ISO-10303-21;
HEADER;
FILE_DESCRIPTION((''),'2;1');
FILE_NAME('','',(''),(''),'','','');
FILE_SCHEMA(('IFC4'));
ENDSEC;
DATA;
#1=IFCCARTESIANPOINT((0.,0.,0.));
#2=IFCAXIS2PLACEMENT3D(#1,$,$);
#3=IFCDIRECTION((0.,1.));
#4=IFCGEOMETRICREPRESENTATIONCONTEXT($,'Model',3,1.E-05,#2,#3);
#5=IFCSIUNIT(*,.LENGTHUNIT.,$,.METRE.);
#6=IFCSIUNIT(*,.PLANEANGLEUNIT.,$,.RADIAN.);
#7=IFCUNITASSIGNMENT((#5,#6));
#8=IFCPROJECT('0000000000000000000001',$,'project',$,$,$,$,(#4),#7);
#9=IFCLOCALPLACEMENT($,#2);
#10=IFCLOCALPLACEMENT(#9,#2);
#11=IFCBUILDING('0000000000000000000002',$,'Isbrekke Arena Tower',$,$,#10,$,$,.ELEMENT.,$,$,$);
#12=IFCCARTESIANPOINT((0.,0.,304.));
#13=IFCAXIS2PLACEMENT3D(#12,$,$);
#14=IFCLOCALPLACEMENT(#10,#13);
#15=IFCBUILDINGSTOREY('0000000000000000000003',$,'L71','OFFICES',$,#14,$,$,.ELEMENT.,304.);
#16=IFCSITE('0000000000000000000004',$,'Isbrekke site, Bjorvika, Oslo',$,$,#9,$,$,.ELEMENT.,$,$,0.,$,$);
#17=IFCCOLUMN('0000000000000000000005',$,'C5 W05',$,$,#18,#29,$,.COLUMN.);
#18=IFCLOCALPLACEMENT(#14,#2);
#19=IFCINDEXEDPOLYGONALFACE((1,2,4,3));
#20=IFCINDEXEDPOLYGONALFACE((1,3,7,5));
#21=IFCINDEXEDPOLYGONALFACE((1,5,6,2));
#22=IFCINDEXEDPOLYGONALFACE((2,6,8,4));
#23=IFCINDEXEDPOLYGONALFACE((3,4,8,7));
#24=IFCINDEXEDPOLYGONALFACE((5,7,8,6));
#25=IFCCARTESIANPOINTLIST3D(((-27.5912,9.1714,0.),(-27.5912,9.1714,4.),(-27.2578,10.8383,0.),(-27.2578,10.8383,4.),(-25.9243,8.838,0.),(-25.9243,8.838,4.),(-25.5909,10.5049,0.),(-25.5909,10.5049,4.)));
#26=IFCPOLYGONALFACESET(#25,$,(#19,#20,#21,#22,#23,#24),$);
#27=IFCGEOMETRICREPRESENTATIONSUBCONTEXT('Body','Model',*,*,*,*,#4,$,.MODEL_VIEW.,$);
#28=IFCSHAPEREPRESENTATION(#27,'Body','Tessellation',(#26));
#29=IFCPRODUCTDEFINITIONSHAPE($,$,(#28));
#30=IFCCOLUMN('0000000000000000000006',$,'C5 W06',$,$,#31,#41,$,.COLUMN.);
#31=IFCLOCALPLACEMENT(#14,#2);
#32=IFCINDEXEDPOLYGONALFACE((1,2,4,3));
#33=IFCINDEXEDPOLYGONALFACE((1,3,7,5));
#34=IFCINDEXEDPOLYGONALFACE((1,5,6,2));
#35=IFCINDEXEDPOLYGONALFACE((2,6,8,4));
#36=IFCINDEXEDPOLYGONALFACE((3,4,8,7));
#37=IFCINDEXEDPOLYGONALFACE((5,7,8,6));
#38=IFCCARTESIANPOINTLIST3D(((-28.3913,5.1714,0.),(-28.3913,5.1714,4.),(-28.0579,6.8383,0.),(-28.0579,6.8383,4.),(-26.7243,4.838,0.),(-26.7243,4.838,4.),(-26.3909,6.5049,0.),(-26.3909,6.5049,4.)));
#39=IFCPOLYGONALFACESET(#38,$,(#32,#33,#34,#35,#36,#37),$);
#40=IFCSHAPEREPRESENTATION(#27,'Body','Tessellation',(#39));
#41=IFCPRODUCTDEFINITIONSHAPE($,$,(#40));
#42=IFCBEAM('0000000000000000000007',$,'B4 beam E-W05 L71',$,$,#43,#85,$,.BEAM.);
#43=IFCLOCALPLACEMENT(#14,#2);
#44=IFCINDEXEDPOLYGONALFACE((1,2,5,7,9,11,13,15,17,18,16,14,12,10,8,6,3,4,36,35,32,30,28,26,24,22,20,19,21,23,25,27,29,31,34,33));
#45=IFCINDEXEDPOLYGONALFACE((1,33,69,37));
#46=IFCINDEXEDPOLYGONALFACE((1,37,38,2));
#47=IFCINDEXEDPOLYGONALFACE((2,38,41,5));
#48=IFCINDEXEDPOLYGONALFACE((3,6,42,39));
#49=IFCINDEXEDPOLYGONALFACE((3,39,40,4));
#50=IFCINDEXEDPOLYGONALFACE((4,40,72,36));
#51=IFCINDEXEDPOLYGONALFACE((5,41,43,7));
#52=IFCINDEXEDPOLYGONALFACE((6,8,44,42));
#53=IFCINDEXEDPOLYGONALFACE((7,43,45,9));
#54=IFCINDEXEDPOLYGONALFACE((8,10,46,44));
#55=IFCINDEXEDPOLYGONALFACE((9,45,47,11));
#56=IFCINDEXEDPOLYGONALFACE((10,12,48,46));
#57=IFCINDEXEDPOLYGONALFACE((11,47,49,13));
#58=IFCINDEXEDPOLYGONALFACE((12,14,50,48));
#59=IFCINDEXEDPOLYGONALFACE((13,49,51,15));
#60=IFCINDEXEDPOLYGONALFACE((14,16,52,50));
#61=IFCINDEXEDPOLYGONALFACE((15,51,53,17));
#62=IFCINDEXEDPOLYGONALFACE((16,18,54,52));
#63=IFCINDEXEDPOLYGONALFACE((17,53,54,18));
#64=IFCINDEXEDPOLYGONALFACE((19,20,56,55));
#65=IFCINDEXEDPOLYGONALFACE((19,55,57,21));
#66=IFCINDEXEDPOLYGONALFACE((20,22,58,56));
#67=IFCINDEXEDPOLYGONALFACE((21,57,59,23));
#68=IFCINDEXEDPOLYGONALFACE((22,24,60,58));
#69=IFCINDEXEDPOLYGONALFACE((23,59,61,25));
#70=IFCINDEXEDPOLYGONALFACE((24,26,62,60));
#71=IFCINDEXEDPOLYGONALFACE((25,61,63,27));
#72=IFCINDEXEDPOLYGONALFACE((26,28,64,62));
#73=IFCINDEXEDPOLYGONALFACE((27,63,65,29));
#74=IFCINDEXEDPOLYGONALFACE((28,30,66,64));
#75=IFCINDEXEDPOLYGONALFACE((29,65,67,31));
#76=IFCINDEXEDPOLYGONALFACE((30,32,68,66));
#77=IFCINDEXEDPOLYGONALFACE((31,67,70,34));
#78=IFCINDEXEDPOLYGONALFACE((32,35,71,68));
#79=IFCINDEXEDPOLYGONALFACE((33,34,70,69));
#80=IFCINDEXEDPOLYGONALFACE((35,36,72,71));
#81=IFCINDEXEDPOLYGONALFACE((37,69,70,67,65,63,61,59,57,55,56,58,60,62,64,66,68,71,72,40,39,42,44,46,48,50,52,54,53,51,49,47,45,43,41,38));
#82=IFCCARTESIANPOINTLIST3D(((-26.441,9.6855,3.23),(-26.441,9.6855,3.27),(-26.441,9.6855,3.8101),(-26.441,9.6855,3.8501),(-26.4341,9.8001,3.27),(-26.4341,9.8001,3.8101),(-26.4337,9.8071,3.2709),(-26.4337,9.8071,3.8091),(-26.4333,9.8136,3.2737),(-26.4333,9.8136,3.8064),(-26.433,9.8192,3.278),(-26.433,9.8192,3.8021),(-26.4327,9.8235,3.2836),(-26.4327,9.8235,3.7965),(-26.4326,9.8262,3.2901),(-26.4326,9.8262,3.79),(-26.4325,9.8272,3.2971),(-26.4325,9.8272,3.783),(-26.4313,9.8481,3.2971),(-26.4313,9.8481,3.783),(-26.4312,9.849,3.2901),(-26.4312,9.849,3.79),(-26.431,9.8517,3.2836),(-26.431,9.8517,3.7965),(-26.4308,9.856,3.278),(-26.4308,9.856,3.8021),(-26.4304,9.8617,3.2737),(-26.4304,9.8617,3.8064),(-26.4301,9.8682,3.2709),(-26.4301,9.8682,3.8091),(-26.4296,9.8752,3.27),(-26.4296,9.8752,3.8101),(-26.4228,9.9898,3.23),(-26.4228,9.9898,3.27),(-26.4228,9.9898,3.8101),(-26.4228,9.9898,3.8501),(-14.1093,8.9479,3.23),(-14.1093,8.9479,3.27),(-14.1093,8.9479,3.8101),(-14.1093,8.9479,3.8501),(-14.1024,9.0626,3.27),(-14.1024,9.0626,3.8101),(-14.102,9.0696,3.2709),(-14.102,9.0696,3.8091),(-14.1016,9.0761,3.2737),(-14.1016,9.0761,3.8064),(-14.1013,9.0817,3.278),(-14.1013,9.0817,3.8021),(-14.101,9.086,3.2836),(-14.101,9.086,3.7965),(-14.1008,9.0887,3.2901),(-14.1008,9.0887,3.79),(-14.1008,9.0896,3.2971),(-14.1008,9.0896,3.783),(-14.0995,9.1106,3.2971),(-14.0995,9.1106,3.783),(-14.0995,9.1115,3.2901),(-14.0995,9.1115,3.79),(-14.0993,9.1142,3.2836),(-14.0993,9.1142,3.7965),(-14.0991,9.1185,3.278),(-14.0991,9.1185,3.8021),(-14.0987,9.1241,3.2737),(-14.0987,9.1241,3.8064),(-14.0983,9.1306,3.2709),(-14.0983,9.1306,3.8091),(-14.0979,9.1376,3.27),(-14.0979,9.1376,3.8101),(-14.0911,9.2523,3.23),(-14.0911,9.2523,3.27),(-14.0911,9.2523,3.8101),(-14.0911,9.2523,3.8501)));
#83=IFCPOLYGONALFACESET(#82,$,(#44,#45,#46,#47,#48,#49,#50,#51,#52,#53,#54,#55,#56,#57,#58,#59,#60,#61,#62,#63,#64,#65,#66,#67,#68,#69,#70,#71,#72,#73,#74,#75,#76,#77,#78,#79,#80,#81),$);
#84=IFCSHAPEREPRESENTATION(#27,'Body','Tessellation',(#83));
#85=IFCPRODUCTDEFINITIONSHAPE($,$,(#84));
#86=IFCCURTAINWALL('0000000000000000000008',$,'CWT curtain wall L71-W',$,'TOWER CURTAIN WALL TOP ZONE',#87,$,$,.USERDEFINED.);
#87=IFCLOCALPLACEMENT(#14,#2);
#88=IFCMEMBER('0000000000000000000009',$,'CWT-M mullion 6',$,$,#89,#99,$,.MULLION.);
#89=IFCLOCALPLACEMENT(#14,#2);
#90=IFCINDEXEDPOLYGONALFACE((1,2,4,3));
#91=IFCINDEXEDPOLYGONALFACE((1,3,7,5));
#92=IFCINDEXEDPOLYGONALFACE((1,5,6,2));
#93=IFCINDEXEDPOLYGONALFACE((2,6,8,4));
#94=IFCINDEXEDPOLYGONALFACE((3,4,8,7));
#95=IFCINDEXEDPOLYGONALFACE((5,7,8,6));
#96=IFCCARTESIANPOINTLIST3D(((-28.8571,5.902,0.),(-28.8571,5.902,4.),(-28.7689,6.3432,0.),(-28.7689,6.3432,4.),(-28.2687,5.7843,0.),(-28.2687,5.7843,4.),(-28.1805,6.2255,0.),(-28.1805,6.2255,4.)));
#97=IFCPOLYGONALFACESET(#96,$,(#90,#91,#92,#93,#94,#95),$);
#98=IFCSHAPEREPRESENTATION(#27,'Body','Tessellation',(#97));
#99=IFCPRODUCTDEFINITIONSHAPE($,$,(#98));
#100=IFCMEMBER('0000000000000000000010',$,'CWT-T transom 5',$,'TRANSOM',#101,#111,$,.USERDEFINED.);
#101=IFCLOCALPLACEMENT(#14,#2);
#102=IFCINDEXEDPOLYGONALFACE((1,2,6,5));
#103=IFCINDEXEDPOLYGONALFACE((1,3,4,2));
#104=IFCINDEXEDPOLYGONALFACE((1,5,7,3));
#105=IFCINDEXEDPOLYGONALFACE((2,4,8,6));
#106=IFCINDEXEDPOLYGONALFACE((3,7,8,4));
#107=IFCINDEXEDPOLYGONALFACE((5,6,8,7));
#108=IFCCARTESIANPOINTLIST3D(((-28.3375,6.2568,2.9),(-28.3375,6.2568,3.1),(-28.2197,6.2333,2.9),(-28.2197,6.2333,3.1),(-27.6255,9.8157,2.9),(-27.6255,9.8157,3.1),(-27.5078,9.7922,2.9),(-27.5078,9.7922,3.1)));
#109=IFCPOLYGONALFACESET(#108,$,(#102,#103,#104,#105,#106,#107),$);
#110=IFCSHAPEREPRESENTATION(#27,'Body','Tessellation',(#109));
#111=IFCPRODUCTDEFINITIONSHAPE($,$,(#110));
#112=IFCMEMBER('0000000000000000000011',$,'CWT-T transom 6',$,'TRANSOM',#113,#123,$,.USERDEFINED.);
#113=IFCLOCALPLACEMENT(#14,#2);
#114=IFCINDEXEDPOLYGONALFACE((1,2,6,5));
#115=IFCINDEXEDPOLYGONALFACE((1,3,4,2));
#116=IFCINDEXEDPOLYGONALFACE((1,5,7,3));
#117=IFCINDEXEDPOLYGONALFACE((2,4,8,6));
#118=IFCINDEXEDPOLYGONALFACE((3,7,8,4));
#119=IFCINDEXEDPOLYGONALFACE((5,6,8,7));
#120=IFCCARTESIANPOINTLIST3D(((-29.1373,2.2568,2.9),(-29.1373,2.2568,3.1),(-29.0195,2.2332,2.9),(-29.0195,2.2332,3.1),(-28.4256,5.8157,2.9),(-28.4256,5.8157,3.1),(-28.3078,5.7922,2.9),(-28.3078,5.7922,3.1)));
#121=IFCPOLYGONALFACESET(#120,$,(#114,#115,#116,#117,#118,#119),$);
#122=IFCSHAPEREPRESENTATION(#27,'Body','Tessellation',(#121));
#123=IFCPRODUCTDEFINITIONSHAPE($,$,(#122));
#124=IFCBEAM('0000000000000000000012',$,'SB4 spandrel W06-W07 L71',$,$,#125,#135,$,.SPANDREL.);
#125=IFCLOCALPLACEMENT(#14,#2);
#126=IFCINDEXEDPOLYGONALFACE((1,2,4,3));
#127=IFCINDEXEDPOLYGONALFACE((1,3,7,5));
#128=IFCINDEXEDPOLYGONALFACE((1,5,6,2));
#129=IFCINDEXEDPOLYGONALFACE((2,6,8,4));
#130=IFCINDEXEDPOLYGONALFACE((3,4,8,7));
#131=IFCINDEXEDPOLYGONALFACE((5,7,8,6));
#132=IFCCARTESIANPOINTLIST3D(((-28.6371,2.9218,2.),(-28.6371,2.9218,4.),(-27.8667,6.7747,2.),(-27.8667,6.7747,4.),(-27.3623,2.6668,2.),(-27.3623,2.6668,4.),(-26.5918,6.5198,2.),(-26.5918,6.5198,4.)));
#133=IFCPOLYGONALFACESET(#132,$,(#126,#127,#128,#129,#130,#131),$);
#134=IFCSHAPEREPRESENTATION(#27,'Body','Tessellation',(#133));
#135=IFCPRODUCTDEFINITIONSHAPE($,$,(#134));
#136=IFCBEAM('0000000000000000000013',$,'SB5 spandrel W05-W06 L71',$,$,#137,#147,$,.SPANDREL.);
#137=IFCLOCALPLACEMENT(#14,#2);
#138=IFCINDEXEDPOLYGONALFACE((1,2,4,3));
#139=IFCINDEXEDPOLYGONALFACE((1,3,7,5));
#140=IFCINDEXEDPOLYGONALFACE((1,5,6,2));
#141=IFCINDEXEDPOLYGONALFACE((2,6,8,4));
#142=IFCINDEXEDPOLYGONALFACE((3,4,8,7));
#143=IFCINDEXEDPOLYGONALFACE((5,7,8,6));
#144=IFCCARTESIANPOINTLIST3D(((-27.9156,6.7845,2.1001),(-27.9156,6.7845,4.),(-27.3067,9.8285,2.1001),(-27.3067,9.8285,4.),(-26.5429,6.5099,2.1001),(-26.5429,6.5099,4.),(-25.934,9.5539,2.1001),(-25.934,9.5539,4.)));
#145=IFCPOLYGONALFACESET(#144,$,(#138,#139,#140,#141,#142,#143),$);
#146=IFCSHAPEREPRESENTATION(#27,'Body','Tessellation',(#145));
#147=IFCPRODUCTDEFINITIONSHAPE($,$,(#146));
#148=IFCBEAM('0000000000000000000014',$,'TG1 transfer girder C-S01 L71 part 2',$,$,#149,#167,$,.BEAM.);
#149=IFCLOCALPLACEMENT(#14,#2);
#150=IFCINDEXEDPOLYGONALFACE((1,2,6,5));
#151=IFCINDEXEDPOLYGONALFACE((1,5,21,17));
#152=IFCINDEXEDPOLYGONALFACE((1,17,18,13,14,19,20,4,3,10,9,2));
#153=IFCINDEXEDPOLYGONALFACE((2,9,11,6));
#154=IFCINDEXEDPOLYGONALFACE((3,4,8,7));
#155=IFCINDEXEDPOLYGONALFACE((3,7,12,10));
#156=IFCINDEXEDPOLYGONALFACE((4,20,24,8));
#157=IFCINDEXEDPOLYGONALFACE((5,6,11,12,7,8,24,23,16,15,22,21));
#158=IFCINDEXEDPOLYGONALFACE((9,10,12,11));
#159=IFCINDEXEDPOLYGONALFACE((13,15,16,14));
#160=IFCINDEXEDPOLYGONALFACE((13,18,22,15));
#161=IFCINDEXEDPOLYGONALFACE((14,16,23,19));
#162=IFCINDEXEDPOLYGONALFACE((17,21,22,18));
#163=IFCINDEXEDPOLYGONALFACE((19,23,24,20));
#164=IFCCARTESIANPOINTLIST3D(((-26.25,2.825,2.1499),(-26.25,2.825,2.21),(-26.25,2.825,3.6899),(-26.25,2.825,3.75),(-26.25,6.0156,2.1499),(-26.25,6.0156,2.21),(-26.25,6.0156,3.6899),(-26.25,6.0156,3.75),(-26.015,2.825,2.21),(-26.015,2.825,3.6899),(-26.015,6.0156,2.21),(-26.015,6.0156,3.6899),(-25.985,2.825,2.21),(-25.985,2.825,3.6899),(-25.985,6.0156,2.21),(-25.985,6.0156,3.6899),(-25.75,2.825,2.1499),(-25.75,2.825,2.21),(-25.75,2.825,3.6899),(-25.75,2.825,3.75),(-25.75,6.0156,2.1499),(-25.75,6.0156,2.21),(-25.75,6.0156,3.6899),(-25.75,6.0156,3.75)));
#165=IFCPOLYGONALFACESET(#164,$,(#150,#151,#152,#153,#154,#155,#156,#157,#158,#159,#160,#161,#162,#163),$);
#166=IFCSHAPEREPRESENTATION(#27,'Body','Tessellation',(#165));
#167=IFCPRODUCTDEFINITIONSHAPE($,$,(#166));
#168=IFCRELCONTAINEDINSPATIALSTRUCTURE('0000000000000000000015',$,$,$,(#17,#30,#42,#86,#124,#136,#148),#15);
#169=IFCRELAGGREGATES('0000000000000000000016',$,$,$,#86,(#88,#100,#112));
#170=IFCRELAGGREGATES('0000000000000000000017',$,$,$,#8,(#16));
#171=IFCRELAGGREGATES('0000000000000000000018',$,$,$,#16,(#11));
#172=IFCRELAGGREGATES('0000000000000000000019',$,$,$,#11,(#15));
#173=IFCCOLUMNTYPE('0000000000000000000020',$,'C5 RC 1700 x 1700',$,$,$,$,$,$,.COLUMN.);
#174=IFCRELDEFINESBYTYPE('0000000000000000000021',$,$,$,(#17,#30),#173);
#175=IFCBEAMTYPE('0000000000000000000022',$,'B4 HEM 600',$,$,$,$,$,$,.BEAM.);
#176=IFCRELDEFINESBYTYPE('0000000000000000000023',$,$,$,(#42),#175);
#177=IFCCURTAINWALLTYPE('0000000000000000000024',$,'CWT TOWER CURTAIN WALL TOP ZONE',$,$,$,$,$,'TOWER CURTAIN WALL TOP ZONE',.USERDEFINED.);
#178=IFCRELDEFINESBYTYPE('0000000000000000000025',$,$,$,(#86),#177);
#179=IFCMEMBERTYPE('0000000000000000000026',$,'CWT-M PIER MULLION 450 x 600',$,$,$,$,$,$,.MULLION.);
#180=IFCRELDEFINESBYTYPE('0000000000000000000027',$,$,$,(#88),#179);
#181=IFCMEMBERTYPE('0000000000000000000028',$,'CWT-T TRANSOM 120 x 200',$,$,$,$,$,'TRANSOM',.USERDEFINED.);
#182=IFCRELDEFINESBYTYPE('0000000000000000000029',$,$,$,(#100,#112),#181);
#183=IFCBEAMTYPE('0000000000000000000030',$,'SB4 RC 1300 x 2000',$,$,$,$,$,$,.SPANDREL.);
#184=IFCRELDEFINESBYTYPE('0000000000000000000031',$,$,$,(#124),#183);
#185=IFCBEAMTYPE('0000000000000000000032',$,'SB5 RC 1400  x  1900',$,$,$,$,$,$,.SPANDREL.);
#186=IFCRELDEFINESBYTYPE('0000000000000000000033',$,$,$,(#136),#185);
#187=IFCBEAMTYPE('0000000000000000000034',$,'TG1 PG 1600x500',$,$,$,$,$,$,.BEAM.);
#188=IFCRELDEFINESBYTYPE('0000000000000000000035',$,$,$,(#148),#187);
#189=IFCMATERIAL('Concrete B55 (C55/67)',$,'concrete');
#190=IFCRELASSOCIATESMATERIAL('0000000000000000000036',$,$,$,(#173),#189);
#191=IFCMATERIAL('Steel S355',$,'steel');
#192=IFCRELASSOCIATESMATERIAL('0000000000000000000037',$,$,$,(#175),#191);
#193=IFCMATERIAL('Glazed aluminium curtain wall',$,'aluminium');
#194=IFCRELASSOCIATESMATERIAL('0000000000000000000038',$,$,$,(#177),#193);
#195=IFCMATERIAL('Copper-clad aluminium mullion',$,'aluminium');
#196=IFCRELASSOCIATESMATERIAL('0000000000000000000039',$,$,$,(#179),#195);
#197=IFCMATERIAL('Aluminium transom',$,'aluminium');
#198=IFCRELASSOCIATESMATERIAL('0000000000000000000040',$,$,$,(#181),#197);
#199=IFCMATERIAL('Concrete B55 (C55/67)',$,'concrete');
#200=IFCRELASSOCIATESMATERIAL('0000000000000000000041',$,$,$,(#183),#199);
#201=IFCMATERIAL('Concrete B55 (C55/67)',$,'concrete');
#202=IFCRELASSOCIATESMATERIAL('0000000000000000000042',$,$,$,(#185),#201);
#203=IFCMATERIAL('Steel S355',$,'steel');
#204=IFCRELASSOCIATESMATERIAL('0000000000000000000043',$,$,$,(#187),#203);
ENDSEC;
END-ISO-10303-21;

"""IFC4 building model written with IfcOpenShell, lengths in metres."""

from ifc_helpers import new_model, si_unit, direction, frame, origin, origin_2d, place, context, subcontext, project, spatial, rectangle, i_section, extrude, material, material_profile, profile_set, type_object, element, aggregate, save


model = new_model("IFC4")

# Units and contexts
model_context = context("Model", 3, precision=1e-05, world=origin(), true_north=direction((0.0, 1.0)))
body_context = subcontext(model_context, "Body", "Model", "MODEL_VIEW")
ifc_project = project(units=[si_unit("LENGTHUNIT", "METRE"), si_unit("PLANEANGLEUNIT", "RADIAN")], contexts=[model_context])

# Site, building, storey
site_placement = place(None, origin())
site = spatial("IfcSite", under=ifc_project, at=site_placement, Name="Isbrekke site, Bjorvika, Oslo", CompositionType="ELEMENT", RefElevation=0.0)
building_placement = place(site_placement, origin())
building = spatial("IfcBuilding", under=site, at=building_placement, Name="Isbrekke Arena Tower", CompositionType="ELEMENT")
storey_placement = place(building_placement, frame((0.0, 0.0, 304.0)))
storey = spatial("IfcBuildingStorey", under=building, at=storey_placement, Name="L71", Description="OFFICES", CompositionType="ELEMENT", Elevation=304.0)

# Columns
ifc_material_1 = material(Name="Concrete B55 (C55/67)", Category="concrete")
ifc_material_profile_1 = material_profile(ifc_material_1, rectangle(XDim=1.7, YDim=1.7, at=origin_2d()), Name="RC 1700x1700")
ifc_profile_set_1 = profile_set([ifc_material_profile_1], Name="Concrete B55 (C55/67)")
column_type = type_object("IfcColumnType", Name="C5 RC 1700 x 1700", PredefinedType="COLUMN", material=ifc_profile_set_1)
for number, where, z_axis, x_axis, name in (
    (1, (-26.5911, 9.8381, 0.0), (0.0, 0.0, 1.0), (-0.196116, -0.980581, 0.0), "C5 W05"),
    (2, (-27.3911, 5.8381, 0.0), (0.0, 0.0, 1.0), (-0.196116, -0.980581, 0.0), "C5 W06"),
):
    element("IfcColumn", number, at=place(storey_placement, frame(where, z_axis=z_axis, x_axis=x_axis)), inside=storey, type_object=column_type, Name=name, PredefinedType="COLUMN", context=body_context, shape_type="SweptSolid", body=[
        extrude(rectangle(XDim=1.7, YDim=1.7, at=origin_2d()), origin(), (0.0, 0.0, 1.0), 4.0),
    ])

# Beam
ifc_material_2 = material(Name="Steel S355", Category="steel")
ifc_material_profile_2 = material_profile(ifc_material_2, i_section(OverallWidth=0.3049, OverallDepth=0.6201, WebThickness=0.021, FlangeThickness=0.04, FilletRadius=0.0271, at=origin_2d()), Name="HEM 600")
ifc_profile_set_2 = profile_set([ifc_material_profile_2], Name="Steel S355")
beam_type_1 = type_object("IfcBeamType", Name="B4 HEM 600", PredefinedType="BEAM", material=ifc_profile_set_2)
beam_1_placement = place(storey_placement, frame((-26.4319, 9.8376, 3.54), z_axis=(0.998216, -0.059702, 0.0), x_axis=(0.059702, 0.998216, 0.0)))
element("IfcBeam", 3, at=beam_1_placement, inside=storey, type_object=beam_type_1, Name="B4 beam E-W05 L71", PredefinedType="BEAM", context=body_context, shape_type="SweptSolid", body=[
    extrude(i_section(OverallWidth=0.3049, OverallDepth=0.6201, WebThickness=0.021, FlangeThickness=0.04, FilletRadius=0.0271, at=origin_2d()), origin(), (0.0, 0.0, 1.0), 12.3538),
])

# Curtain wall, members
ifc_material_3 = material(Name="Glazed aluminium curtain wall", Category="aluminium")
curtain_wall_type = type_object("IfcCurtainWallType", Name="CWT TOWER CURTAIN WALL TOP ZONE", ElementType="TOWER CURTAIN WALL TOP ZONE", PredefinedType="USERDEFINED", material=ifc_material_3)
curtain_wall_placement = place(storey_placement, origin())
curtain_wall = element("IfcCurtainWall", 4, at=curtain_wall_placement, inside=storey, type_object=curtain_wall_type, Name="CWT curtain wall L71-W", ObjectType="TOWER CURTAIN WALL TOP ZONE", PredefinedType="USERDEFINED")
ifc_material_4 = material(Name="Copper-clad aluminium mullion", Category="aluminium")
ifc_material_profile_3 = material_profile(ifc_material_4, rectangle(XDim=0.45, YDim=0.6001, at=origin_2d()), Name="PIER 450X600")
ifc_profile_set_3 = profile_set([ifc_material_profile_3], Name="Copper-clad aluminium mullion")
member_type_1 = type_object("IfcMemberType", Name="CWT-M PIER MULLION 450 x 600", PredefinedType="MULLION", material=ifc_profile_set_3)
member_1_placement = place(storey_placement, frame((-28.5188, 6.0637, 0.0), z_axis=(0.0, 0.0, 1.0), x_axis=(-0.196116, -0.980581, 0.0)))
member_1 = element("IfcMember", 5, at=member_1_placement, type_object=member_type_1, Name="CWT-M mullion 6", PredefinedType="MULLION", context=body_context, shape_type="SweptSolid", body=[
    extrude(rectangle(XDim=0.45, YDim=0.6001, at=origin_2d()), origin(), (0.0, 0.0, 1.0), 4.0),
])
ifc_material_5 = material(Name="Aluminium transom", Category="aluminium")
ifc_material_profile_4 = material_profile(ifc_material_5, rectangle(XDim=0.1201, YDim=0.2, at=origin_2d()), Name="TRANSOM 120X200")
ifc_profile_set_4 = profile_set([ifc_material_profile_4], Name="Aluminium transom")
member_type_2 = type_object("IfcMemberType", Name="CWT-T TRANSOM 120 x 200", ElementType="TRANSOM", PredefinedType="USERDEFINED", material=ifc_profile_set_4)
member_2_placement = place(storey_placement, frame((-27.5667, 9.804, 3.0), z_axis=(-0.196155, -0.980573, 0.0), x_axis=(0.980573, -0.196155, 0.0)))
member_2 = element("IfcMember", 6, at=member_2_placement, type_object=member_type_2, Name="CWT-T transom 5", ObjectType="TRANSOM", PredefinedType="USERDEFINED", context=body_context, shape_type="SweptSolid", body=[
    extrude(rectangle(XDim=0.1201, YDim=0.2, at=origin_2d()), origin(), (0.0, 0.0, 1.0), 3.6294),
])
member_3_placement = place(storey_placement, frame((-28.3667, 5.804, 3.0), z_axis=(-0.19609, -0.980586, 0.0), x_axis=(0.980586, -0.19609, 0.0)))
member_3 = element("IfcMember", 7, at=member_3_placement, type_object=member_type_2, Name="CWT-T transom 6", ObjectType="TRANSOM", PredefinedType="USERDEFINED", context=body_context, shape_type="SweptSolid", body=[
    extrude(rectangle(XDim=0.1201, YDim=0.2, at=origin_2d()), origin(), (0.0, 0.0, 1.0), 3.6294),
])

# Beams
ifc_material_6 = material(Name="Concrete B55 (C55/67)", Category="concrete")
ifc_material_profile_5 = material_profile(ifc_material_6, rectangle(XDim=1.3, YDim=2.0, at=origin_2d()), Name="RC 1300x2000")
ifc_profile_set_5 = profile_set([ifc_material_profile_5], Name="Concrete B55 (C55/67)")
beam_type_2 = type_object("IfcBeamType", Name="SB4 RC 1300 x 2000", PredefinedType="SPANDREL", material=ifc_profile_set_5)
beam_2_placement = place(storey_placement, frame((-27.2292, 6.6472, 3.0), z_axis=(-0.196092, -0.980585, 0.0), x_axis=(0.980585, -0.196092, 0.0)))
element("IfcBeam", 8, at=beam_2_placement, inside=storey, type_object=beam_type_2, Name="SB4 spandrel W06-W07 L71", PredefinedType="SPANDREL", context=body_context, shape_type="SweptSolid", body=[
    extrude(rectangle(XDim=1.3, YDim=2.0, at=origin_2d()), origin(), (0.0, 0.0, 1.0), 3.9292),
])
ifc_material_7 = material(Name="Concrete B55 (C55/67)", Category="concrete")
ifc_material_profile_6 = material_profile(ifc_material_7, rectangle(XDim=1.3999, YDim=1.8999, at=origin_2d()), Name="RC 1400 x 1900")
ifc_profile_set_6 = profile_set([ifc_material_profile_6], Name="Concrete B55 (C55/67)")
beam_type_3 = type_object("IfcBeamType", Name="SB5 RC 1400  x  1900", PredefinedType="SPANDREL", material=ifc_profile_set_6)
beam_3_placement = place(storey_placement, frame((-26.6204, 9.6912, 3.05), z_axis=(-0.196146, -0.980575, 0.0), x_axis=(0.980575, -0.196146, 0.0)))
element("IfcBeam", 9, at=beam_3_placement, inside=storey, type_object=beam_type_3, Name="SB5 spandrel W05-W06 L71", PredefinedType="SPANDREL", context=body_context, shape_type="SweptSolid", body=[
    extrude(rectangle(XDim=1.3999, YDim=1.8999, at=origin_2d()), origin(), (0.0, 0.0, 1.0), 3.1042),
])
ifc_material_8 = material(Name="Steel S355", Category="steel")
ifc_material_profile_7 = material_profile(ifc_material_8, i_section(OverallWidth=0.5, OverallDepth=1.6001, WebThickness=0.03, FlangeThickness=0.0601, at=origin_2d()), Name="PG 1600x500")
ifc_profile_set_7 = profile_set([ifc_material_profile_7], Name="Steel S355")
beam_type_4 = type_object("IfcBeamType", Name="TG1 PG 1600x500", PredefinedType="BEAM", material=ifc_profile_set_7)
beam_4_placement = place(storey_placement, frame((-26.0, 2.825, 2.95), z_axis=(0.0, 1.0, 0.0), x_axis=(-1.0, 0.0, 0.0)))
element("IfcBeam", 10, at=beam_4_placement, inside=storey, type_object=beam_type_4, Name="TG1 transfer girder C-S01 L71 part 2", PredefinedType="BEAM", context=body_context, shape_type="SweptSolid", body=[
    extrude(i_section(OverallWidth=0.5, OverallDepth=1.6001, WebThickness=0.03, FlangeThickness=0.0601, at=origin_2d()), origin(), (0.0, 0.0, 1.0), 3.1907),
])

aggregate(curtain_wall, [member_1, member_2, member_3])

save(model, "model.ifc")
